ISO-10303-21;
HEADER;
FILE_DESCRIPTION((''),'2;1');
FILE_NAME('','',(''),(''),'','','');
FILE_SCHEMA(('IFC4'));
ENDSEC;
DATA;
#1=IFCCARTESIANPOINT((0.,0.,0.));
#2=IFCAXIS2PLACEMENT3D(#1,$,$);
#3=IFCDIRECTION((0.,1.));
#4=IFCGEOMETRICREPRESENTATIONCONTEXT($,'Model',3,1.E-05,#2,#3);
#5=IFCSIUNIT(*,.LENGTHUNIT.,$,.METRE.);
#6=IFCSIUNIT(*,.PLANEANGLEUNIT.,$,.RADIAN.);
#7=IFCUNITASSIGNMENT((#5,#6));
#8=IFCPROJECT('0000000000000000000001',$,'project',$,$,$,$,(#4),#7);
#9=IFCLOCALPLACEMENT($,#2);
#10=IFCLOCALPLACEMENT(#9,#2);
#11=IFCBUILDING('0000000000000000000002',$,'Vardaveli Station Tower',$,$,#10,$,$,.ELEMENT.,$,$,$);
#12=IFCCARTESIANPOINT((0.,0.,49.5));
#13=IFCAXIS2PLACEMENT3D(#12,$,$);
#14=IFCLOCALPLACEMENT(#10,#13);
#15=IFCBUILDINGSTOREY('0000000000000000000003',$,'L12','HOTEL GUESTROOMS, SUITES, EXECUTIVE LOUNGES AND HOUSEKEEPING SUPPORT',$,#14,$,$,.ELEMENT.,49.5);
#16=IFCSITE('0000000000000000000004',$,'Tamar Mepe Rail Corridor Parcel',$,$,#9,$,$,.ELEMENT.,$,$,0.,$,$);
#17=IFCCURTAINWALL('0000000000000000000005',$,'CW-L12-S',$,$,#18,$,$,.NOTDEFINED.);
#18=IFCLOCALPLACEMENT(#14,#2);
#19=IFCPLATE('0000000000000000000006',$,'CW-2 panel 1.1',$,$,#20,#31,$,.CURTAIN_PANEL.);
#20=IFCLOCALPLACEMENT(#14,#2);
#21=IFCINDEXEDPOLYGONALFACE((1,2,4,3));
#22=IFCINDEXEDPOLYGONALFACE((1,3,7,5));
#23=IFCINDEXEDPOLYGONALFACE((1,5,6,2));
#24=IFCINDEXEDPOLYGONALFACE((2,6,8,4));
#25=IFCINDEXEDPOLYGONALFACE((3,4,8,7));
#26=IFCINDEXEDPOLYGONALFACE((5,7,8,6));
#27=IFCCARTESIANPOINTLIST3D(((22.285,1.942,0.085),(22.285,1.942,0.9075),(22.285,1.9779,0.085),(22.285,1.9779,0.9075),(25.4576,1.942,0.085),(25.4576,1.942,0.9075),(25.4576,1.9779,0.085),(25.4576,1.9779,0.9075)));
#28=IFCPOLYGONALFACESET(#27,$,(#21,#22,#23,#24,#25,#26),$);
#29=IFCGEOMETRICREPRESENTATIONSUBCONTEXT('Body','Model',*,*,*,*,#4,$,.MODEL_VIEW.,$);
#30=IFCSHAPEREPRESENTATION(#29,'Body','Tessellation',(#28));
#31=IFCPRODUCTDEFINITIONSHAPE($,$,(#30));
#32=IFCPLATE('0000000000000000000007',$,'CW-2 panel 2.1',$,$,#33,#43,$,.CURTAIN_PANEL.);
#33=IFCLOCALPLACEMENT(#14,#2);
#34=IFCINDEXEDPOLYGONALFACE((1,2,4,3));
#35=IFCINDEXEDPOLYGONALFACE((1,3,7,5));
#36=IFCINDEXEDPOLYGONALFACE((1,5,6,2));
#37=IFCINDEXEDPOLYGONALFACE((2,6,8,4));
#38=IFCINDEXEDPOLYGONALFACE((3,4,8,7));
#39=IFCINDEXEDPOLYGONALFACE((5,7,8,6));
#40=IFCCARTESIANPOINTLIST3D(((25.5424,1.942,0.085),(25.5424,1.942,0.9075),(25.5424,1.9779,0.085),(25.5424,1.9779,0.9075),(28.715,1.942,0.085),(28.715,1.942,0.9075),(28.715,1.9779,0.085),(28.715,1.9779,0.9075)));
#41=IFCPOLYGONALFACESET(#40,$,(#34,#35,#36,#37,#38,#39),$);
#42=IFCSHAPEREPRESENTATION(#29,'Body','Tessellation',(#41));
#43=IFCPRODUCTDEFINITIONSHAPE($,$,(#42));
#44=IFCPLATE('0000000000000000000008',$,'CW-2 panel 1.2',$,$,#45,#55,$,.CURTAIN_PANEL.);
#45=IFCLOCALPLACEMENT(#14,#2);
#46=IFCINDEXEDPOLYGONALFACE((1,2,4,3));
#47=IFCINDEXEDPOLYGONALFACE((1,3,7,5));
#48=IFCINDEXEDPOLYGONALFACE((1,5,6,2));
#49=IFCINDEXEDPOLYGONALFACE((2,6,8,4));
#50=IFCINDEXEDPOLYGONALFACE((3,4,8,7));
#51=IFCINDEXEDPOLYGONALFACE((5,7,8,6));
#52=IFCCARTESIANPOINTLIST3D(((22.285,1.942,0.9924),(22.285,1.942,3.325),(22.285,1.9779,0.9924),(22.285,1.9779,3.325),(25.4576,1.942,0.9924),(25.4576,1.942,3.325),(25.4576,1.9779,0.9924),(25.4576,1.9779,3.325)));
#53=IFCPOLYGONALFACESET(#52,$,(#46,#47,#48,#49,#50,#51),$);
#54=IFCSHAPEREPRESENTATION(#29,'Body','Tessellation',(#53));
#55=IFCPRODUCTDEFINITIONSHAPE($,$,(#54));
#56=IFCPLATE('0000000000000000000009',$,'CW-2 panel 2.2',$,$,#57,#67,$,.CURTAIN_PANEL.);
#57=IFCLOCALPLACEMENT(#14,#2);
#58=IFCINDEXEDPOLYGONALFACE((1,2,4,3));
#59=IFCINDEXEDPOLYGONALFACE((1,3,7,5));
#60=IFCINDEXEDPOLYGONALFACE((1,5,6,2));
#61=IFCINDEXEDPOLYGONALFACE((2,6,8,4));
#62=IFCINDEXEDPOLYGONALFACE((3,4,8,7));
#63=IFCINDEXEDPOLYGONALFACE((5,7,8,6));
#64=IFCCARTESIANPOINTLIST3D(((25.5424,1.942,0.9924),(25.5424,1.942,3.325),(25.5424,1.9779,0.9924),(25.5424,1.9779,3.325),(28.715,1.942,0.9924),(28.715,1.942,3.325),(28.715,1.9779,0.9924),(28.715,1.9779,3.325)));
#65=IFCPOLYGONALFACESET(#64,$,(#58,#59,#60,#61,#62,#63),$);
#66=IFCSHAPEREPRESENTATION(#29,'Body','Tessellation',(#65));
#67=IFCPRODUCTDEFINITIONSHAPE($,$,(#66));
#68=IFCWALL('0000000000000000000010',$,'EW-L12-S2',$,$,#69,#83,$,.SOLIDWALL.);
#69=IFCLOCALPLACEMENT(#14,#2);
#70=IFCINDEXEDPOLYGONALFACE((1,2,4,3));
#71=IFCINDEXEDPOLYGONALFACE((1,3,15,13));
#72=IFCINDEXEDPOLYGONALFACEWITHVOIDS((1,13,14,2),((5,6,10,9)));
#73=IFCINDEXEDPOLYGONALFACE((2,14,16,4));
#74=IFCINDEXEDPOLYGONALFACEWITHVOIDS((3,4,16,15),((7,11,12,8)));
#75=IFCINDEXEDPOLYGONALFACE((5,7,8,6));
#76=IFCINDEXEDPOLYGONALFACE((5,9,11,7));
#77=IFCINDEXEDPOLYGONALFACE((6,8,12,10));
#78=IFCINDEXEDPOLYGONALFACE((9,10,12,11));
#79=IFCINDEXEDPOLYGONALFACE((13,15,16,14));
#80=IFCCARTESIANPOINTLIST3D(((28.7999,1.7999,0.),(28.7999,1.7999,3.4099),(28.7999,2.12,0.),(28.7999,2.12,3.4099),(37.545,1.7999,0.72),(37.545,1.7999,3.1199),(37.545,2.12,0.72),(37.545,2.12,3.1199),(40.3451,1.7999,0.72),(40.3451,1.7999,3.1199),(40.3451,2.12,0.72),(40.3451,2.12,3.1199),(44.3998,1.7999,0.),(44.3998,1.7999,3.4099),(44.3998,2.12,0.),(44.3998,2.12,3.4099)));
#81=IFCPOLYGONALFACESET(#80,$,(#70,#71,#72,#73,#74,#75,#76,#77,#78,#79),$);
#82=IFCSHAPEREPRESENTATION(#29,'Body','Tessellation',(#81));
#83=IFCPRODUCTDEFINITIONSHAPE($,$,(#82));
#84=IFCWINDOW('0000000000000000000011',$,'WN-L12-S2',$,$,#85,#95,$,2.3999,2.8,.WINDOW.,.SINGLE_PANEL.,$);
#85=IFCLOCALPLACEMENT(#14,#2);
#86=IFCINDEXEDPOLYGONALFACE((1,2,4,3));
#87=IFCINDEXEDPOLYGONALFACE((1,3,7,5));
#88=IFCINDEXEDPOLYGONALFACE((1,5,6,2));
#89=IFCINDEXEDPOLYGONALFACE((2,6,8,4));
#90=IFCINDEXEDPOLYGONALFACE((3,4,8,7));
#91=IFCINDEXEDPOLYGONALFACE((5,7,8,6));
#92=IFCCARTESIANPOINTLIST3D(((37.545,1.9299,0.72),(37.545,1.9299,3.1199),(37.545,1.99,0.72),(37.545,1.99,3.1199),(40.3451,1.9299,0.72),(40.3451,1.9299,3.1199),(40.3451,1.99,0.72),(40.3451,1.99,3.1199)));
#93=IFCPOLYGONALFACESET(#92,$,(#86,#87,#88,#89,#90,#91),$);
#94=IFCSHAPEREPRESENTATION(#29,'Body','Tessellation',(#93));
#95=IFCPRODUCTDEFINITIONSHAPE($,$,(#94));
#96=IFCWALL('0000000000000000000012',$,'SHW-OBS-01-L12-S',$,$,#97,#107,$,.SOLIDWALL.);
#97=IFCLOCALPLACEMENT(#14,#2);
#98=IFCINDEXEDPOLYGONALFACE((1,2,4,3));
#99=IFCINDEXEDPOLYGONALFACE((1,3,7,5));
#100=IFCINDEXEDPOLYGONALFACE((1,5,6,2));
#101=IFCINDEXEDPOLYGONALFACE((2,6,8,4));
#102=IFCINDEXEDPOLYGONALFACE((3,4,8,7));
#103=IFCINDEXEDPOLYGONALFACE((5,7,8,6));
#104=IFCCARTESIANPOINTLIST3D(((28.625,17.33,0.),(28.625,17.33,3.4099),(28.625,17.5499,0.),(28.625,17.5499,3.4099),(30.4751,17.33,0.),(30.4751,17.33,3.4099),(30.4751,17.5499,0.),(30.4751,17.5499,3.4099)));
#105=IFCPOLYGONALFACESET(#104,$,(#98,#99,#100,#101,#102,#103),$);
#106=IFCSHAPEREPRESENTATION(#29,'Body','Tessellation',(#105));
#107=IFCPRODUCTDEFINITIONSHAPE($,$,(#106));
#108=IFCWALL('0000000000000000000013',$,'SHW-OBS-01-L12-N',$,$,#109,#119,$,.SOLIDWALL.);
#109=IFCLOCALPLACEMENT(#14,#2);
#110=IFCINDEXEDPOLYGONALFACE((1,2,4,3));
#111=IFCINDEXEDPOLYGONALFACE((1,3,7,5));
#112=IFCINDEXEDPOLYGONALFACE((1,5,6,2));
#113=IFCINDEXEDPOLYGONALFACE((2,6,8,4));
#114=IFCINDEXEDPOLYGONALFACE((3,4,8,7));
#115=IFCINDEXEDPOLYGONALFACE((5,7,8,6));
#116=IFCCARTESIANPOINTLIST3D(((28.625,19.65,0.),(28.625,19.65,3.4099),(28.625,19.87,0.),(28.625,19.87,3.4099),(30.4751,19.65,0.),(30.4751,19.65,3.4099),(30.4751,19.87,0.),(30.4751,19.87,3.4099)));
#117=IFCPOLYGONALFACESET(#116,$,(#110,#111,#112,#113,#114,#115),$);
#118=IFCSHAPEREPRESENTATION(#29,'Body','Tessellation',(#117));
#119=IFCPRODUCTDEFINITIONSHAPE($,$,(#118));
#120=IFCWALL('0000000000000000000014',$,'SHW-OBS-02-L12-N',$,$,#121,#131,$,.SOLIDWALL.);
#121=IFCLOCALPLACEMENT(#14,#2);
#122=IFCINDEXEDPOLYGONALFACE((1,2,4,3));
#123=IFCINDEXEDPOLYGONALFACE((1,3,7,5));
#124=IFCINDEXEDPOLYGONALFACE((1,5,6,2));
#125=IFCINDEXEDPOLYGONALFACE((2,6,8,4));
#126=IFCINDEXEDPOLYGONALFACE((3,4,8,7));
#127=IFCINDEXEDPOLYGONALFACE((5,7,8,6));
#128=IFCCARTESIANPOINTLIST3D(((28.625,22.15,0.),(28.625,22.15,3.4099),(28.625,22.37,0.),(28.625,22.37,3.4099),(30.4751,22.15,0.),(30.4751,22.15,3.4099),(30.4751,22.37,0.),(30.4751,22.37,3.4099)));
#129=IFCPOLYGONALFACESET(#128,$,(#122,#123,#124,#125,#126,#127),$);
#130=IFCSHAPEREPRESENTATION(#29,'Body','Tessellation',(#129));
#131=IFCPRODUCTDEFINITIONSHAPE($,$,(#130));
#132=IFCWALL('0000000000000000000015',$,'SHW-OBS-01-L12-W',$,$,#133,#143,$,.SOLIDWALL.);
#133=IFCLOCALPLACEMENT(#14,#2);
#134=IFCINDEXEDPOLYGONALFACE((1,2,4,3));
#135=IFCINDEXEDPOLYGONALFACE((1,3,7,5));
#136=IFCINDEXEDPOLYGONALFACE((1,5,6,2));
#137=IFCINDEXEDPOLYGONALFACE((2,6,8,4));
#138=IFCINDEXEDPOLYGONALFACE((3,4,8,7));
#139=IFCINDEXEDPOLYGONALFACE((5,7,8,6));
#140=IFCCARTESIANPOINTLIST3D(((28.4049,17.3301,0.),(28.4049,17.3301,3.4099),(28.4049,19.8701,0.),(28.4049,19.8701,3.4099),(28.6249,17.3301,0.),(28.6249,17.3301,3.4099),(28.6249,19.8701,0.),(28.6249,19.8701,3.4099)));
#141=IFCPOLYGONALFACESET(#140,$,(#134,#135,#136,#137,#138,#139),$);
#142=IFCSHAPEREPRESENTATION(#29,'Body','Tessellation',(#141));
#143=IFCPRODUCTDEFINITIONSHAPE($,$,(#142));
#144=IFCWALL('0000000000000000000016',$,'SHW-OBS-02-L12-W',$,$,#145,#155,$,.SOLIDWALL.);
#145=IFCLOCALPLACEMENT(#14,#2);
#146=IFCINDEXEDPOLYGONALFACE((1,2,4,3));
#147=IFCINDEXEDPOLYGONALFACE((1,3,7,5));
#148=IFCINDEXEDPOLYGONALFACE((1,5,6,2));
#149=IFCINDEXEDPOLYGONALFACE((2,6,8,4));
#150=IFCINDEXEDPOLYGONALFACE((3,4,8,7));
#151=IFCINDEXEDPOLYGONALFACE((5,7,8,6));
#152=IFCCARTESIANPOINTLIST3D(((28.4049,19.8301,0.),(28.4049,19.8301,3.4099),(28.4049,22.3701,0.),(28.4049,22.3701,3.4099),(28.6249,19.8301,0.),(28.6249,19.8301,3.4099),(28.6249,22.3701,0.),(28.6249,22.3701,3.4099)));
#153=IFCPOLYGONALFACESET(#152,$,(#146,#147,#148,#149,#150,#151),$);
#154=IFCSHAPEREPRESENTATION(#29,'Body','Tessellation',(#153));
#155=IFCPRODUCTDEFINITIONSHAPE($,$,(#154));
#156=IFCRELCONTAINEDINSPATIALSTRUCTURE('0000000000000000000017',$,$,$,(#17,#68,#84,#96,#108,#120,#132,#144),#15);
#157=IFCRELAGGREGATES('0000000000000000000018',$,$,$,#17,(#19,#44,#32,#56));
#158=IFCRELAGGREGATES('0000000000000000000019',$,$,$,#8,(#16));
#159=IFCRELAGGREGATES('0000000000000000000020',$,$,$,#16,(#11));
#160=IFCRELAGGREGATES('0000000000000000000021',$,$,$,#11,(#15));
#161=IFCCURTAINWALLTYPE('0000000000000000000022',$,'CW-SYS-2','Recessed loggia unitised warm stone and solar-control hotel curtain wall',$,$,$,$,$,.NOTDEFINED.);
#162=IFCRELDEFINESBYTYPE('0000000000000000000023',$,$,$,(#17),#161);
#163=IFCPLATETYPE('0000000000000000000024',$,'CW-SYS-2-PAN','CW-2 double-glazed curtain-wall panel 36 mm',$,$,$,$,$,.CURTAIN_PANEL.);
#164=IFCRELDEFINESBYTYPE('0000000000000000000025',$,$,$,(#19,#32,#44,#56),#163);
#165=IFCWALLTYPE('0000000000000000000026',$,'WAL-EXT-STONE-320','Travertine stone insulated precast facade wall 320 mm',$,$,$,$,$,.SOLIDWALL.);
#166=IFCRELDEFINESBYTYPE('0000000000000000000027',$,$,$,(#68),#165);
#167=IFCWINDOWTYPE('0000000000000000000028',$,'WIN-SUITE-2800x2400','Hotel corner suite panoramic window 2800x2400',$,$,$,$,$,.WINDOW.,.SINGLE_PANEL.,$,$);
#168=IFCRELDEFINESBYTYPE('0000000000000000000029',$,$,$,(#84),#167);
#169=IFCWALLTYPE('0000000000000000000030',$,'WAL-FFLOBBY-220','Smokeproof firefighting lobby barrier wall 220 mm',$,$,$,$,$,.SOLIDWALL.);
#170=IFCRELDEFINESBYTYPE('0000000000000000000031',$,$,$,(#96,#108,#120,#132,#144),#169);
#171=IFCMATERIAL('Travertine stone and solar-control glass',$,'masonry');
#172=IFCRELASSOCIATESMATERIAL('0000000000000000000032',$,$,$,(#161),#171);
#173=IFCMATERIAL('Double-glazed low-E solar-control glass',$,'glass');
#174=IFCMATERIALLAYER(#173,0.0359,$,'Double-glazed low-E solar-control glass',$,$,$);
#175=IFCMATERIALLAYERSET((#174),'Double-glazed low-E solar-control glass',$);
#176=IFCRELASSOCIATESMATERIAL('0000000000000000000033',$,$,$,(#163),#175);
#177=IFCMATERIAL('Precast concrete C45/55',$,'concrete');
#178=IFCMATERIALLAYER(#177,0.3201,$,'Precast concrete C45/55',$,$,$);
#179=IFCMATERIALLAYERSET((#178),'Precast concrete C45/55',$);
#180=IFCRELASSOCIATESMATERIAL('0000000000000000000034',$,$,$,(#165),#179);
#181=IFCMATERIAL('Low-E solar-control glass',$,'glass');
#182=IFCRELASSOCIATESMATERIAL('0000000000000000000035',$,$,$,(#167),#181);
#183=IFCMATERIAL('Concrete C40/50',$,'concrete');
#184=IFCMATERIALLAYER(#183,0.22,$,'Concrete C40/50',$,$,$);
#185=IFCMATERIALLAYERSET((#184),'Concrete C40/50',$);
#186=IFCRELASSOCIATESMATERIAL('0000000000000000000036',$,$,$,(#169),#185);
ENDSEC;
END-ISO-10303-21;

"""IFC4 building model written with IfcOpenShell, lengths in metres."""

from ifc_helpers import new_model, si_unit, direction, frame, frame_2d, origin, origin_2d, place, context, subcontext, project, spatial, rectangle, extrude, source, transform, mapped, material, layer, layer_set, type_object, element, fill, aggregate, save


model = new_model("IFC4")

# Units and contexts
model_context = context("Model", 3, precision=1e-05, world=origin(), true_north=direction((0.0, 1.0)))
body_context = subcontext(model_context, "Body", "Model", "MODEL_VIEW")
ifc_project = project(units=[si_unit("LENGTHUNIT", "METRE"), si_unit("PLANEANGLEUNIT", "RADIAN")], contexts=[model_context])

# Site, building, storey
site_placement = place(None, origin())
site = spatial("IfcSite", under=ifc_project, at=site_placement, Name="Tamar Mepe Rail Corridor Parcel", CompositionType="ELEMENT", RefElevation=0.0)
building_placement = place(site_placement, origin())
building = spatial("IfcBuilding", under=site, at=building_placement, Name="Vardaveli Station Tower", CompositionType="ELEMENT")
storey_placement = place(building_placement, frame((0.0, 0.0, 49.5)))
storey = spatial("IfcBuildingStorey", under=building, at=storey_placement, Name="L12", Description="HOTEL GUESTROOMS, SUITES, EXECUTIVE LOUNGES AND HOUSEKEEPING SUPPORT", CompositionType="ELEMENT", Elevation=49.5)

# Shared definitions
ifc_material_1 = material(Name="Precast concrete C45/55", Category="concrete")

# Curtain wall, plates
ifc_material_2 = material(Name="Travertine stone and solar-control glass", Category="masonry")
curtain_wall_type = type_object("IfcCurtainWallType", Name="CW-SYS-2", Description="Recessed loggia unitised warm stone and solar-control hotel curtain wall", PredefinedType="NOTDEFINED", material=ifc_material_2)
curtain_wall_placement = place(storey_placement, origin())
curtain_wall = element("IfcCurtainWall", 1, at=curtain_wall_placement, inside=storey, type_object=curtain_wall_type, Name="CW-L12-S", PredefinedType="NOTDEFINED")
ifc_material_3 = material(Name="Double-glazed low-E solar-control glass", Category="glass")
ifc_layer_1 = layer(ifc_material_3, 0.0359, Name="Double-glazed low-E solar-control glass")
ifc_layer_set_1 = layer_set([ifc_layer_1], Name="Double-glazed low-E solar-control glass")
plate_type = type_object("IfcPlateType", Name="CW-SYS-2-PAN", Description="CW-2 double-glazed curtain-wall panel 36 mm", PredefinedType="CURTAIN_PANEL", material=ifc_layer_set_1)
shared_shape_1 = source(origin(), body_context, "Body", "SweptSolid", [
    extrude(rectangle(XDim=3.1726, YDim=0.0359, at=origin_2d()), origin(), (0.0, 0.0, 1.0), 0.8225),
])
plate_1_placement = place(storey_placement, frame((23.8713, 1.96, 0.085), z_axis=(0.0, 0.0, 1.0), x_axis=(1.0, 0.0, 0.0)))
plate_1 = element("IfcPlate", 2, at=plate_1_placement, type_object=plate_type, Name="CW-2 panel 1.1", PredefinedType="CURTAIN_PANEL", context=body_context, shape_type="MappedRepresentation", body=[
    mapped(shared_shape_1, transform((0.0, 0.0, 0.0), scale=1.0)),
])
plate_2_placement = place(storey_placement, frame((27.1287, 1.96, 0.085), z_axis=(0.0, 0.0, 1.0), x_axis=(1.0, 0.0, 0.0)))
plate_2 = element("IfcPlate", 3, at=plate_2_placement, type_object=plate_type, Name="CW-2 panel 2.1", PredefinedType="CURTAIN_PANEL", context=body_context, shape_type="MappedRepresentation", body=[
    mapped(shared_shape_1, transform((0.0, 0.0, 0.0), scale=1.0)),
])
shared_shape_2 = source(origin(), body_context, "Body", "SweptSolid", [
    extrude(rectangle(XDim=3.1726, YDim=0.0359, at=origin_2d()), origin(), (0.0, 0.0, 1.0), 2.3325),
])
plate_3_placement = place(storey_placement, frame((23.8713, 1.96, 0.9924), z_axis=(0.0, 0.0, 1.0), x_axis=(1.0, 0.0, 0.0)))
plate_3 = element("IfcPlate", 4, at=plate_3_placement, type_object=plate_type, Name="CW-2 panel 1.2", PredefinedType="CURTAIN_PANEL", context=body_context, shape_type="MappedRepresentation", body=[
    mapped(shared_shape_2, transform((0.0, 0.0, 0.0), scale=1.0)),
])
plate_4_placement = place(storey_placement, frame((27.1287, 1.96, 0.9924), z_axis=(0.0, 0.0, 1.0), x_axis=(1.0, 0.0, 0.0)))
plate_4 = element("IfcPlate", 5, at=plate_4_placement, type_object=plate_type, Name="CW-2 panel 2.2", PredefinedType="CURTAIN_PANEL", context=body_context, shape_type="MappedRepresentation", body=[
    mapped(shared_shape_2, transform((0.0, 0.0, 0.0), scale=1.0)),
])
aggregate(curtain_wall, [plate_1, plate_3, plate_2, plate_4])

# Wall, opening, window
ifc_layer_2 = layer(ifc_material_1, 0.3201, Name="Precast concrete C45/55")
ifc_layer_set_2 = layer_set([ifc_layer_2], Name="Precast concrete C45/55")
wall_type_1 = type_object("IfcWallType", Name="WAL-EXT-STONE-320", Description="Travertine stone insulated precast facade wall 320 mm", PredefinedType="SOLIDWALL", material=ifc_layer_set_2)
shared_shape_3 = source(origin(), body_context, "Body", "SweptSolid", [
    extrude(rectangle(XDim=15.5999, YDim=0.3201, at=frame_2d((7.7998, 0.0))), origin(), (0.0, 0.0, 1.0), 3.4099),
])
wall_1_placement = place(storey_placement, frame((28.8, 1.96, 0.0), z_axis=(0.0, 0.0, 1.0), x_axis=(1.0, 0.0, 0.0)))
wall_1 = element("IfcWall", 6, at=wall_1_placement, inside=storey, type_object=wall_type_1, Name="EW-L12-S2", PredefinedType="SOLIDWALL", context=body_context, shape_type="MappedRepresentation", body=[
    mapped(shared_shape_3, transform((0.0, 0.0, 0.0), scale=1.0)),
])
shared_shape_4 = source(origin(), body_context, "Body", "SweptSolid", [
    extrude(rectangle(XDim=2.8, YDim=2.3999, at=frame_2d((1.3999, 1.2))), frame((0.0, 0.1699, 0.0), z_axis=(0.0, -1.0, 0.0), x_axis=(1.0, 0.0, 0.0)), (0.0, 0.0, 1.0), 0.3401),
])
opening_1_placement = place(wall_1_placement, frame((8.7451, 0.0, 0.72)))
opening_1 = element("IfcOpeningElement", 7, at=opening_1_placement, cuts=wall_1, PredefinedType="OPENING", context=body_context, shape_type="MappedRepresentation", body=[
    mapped(shared_shape_4, transform((0.0, 0.0, 0.0), scale=1.0)),
])
ifc_material_4 = material(Name="Low-E solar-control glass", Category="glass")
window_type = type_object("IfcWindowType", Name="WIN-SUITE-2800x2400", Description="Hotel corner suite panoramic window 2800x2400", PartitioningType="SINGLE_PANEL", PredefinedType="WINDOW", material=ifc_material_4)
shared_shape_5 = source(origin(), body_context, "Body", "SweptSolid", [
    extrude(rectangle(XDim=2.8, YDim=2.3999, at=frame_2d((1.3999, 1.2))), frame((0.0, 0.03, 0.0), z_axis=(0.0, -1.0, 0.0), x_axis=(1.0, 0.0, 0.0)), (0.0, 0.0, 1.0), 0.0601),
])
window_placement = place(opening_1_placement, origin())
window = element("IfcWindow", 8, at=window_placement, inside=storey, type_object=window_type, Name="WN-L12-S2", OverallHeight=2.3999, OverallWidth=2.8, PartitioningType="SINGLE_PANEL", PredefinedType="WINDOW", context=body_context, shape_type="MappedRepresentation", body=[
    mapped(shared_shape_5, transform((0.0, 0.0, 0.0), scale=1.0)),
])
fill(opening_1, window)

# Walls
ifc_material_5 = material(Name="Concrete C40/50", Category="concrete")
ifc_layer_3 = layer(ifc_material_5, 0.22, Name="Concrete C40/50")
ifc_layer_set_3 = layer_set([ifc_layer_3], Name="Concrete C40/50")
wall_type_2 = type_object("IfcWallType", Name="WAL-FFLOBBY-220", Description="Smokeproof firefighting lobby barrier wall 220 mm", PredefinedType="SOLIDWALL", material=ifc_layer_set_3)
shared_shape_6 = source(origin(), body_context, "Body", "SweptSolid", [
    extrude(rectangle(XDim=1.8501, YDim=0.22, at=frame_2d((0.925, 0.0))), origin(), (0.0, 0.0, 1.0), 3.4099),
])
for number, where, z_axis, x_axis, name in (
    (9, (28.625, 17.4399, 0.0), (0.0, 0.0, 1.0), (1.0, 0.0, 0.0), "SHW-OBS-01-L12-S"),
    (10, (28.625, 19.76, 0.0), (0.0, 0.0, 1.0), (1.0, 0.0, 0.0), "SHW-OBS-01-L12-N"),
    (11, (28.625, 22.26, 0.0), (0.0, 0.0, 1.0), (1.0, 0.0, 0.0), "SHW-OBS-02-L12-N"),
):
    element("IfcWall", number, at=place(storey_placement, frame(where, z_axis=z_axis, x_axis=x_axis)), inside=storey, type_object=wall_type_2, Name=name, PredefinedType="SOLIDWALL", context=body_context, shape_type="MappedRepresentation", body=[
        mapped(shared_shape_6, transform((0.0, 0.0, 0.0), scale=1.0)),
    ])
shared_shape_7 = source(origin(), body_context, "Body", "SweptSolid", [
    extrude(rectangle(XDim=2.54, YDim=0.22, at=frame_2d((1.27, 0.0))), origin(), (0.0, 0.0, 1.0), 3.4099),
])
for number, where, z_axis, x_axis, name in (
    (12, (28.5149, 17.3301, 0.0), (0.0, 0.0, 1.0), (0.0, 1.0, 0.0), "SHW-OBS-01-L12-W"),
    (13, (28.5149, 19.8301, 0.0), (0.0, 0.0, 1.0), (0.0, 1.0, 0.0), "SHW-OBS-02-L12-W"),
):
    element("IfcWall", number, at=place(storey_placement, frame(where, z_axis=z_axis, x_axis=x_axis)), inside=storey, type_object=wall_type_2, Name=name, PredefinedType="SOLIDWALL", context=body_context, shape_type="MappedRepresentation", body=[
        mapped(shared_shape_7, transform((0.0, 0.0, 0.0), scale=1.0)),
    ])

save(model, "model.ifc")
